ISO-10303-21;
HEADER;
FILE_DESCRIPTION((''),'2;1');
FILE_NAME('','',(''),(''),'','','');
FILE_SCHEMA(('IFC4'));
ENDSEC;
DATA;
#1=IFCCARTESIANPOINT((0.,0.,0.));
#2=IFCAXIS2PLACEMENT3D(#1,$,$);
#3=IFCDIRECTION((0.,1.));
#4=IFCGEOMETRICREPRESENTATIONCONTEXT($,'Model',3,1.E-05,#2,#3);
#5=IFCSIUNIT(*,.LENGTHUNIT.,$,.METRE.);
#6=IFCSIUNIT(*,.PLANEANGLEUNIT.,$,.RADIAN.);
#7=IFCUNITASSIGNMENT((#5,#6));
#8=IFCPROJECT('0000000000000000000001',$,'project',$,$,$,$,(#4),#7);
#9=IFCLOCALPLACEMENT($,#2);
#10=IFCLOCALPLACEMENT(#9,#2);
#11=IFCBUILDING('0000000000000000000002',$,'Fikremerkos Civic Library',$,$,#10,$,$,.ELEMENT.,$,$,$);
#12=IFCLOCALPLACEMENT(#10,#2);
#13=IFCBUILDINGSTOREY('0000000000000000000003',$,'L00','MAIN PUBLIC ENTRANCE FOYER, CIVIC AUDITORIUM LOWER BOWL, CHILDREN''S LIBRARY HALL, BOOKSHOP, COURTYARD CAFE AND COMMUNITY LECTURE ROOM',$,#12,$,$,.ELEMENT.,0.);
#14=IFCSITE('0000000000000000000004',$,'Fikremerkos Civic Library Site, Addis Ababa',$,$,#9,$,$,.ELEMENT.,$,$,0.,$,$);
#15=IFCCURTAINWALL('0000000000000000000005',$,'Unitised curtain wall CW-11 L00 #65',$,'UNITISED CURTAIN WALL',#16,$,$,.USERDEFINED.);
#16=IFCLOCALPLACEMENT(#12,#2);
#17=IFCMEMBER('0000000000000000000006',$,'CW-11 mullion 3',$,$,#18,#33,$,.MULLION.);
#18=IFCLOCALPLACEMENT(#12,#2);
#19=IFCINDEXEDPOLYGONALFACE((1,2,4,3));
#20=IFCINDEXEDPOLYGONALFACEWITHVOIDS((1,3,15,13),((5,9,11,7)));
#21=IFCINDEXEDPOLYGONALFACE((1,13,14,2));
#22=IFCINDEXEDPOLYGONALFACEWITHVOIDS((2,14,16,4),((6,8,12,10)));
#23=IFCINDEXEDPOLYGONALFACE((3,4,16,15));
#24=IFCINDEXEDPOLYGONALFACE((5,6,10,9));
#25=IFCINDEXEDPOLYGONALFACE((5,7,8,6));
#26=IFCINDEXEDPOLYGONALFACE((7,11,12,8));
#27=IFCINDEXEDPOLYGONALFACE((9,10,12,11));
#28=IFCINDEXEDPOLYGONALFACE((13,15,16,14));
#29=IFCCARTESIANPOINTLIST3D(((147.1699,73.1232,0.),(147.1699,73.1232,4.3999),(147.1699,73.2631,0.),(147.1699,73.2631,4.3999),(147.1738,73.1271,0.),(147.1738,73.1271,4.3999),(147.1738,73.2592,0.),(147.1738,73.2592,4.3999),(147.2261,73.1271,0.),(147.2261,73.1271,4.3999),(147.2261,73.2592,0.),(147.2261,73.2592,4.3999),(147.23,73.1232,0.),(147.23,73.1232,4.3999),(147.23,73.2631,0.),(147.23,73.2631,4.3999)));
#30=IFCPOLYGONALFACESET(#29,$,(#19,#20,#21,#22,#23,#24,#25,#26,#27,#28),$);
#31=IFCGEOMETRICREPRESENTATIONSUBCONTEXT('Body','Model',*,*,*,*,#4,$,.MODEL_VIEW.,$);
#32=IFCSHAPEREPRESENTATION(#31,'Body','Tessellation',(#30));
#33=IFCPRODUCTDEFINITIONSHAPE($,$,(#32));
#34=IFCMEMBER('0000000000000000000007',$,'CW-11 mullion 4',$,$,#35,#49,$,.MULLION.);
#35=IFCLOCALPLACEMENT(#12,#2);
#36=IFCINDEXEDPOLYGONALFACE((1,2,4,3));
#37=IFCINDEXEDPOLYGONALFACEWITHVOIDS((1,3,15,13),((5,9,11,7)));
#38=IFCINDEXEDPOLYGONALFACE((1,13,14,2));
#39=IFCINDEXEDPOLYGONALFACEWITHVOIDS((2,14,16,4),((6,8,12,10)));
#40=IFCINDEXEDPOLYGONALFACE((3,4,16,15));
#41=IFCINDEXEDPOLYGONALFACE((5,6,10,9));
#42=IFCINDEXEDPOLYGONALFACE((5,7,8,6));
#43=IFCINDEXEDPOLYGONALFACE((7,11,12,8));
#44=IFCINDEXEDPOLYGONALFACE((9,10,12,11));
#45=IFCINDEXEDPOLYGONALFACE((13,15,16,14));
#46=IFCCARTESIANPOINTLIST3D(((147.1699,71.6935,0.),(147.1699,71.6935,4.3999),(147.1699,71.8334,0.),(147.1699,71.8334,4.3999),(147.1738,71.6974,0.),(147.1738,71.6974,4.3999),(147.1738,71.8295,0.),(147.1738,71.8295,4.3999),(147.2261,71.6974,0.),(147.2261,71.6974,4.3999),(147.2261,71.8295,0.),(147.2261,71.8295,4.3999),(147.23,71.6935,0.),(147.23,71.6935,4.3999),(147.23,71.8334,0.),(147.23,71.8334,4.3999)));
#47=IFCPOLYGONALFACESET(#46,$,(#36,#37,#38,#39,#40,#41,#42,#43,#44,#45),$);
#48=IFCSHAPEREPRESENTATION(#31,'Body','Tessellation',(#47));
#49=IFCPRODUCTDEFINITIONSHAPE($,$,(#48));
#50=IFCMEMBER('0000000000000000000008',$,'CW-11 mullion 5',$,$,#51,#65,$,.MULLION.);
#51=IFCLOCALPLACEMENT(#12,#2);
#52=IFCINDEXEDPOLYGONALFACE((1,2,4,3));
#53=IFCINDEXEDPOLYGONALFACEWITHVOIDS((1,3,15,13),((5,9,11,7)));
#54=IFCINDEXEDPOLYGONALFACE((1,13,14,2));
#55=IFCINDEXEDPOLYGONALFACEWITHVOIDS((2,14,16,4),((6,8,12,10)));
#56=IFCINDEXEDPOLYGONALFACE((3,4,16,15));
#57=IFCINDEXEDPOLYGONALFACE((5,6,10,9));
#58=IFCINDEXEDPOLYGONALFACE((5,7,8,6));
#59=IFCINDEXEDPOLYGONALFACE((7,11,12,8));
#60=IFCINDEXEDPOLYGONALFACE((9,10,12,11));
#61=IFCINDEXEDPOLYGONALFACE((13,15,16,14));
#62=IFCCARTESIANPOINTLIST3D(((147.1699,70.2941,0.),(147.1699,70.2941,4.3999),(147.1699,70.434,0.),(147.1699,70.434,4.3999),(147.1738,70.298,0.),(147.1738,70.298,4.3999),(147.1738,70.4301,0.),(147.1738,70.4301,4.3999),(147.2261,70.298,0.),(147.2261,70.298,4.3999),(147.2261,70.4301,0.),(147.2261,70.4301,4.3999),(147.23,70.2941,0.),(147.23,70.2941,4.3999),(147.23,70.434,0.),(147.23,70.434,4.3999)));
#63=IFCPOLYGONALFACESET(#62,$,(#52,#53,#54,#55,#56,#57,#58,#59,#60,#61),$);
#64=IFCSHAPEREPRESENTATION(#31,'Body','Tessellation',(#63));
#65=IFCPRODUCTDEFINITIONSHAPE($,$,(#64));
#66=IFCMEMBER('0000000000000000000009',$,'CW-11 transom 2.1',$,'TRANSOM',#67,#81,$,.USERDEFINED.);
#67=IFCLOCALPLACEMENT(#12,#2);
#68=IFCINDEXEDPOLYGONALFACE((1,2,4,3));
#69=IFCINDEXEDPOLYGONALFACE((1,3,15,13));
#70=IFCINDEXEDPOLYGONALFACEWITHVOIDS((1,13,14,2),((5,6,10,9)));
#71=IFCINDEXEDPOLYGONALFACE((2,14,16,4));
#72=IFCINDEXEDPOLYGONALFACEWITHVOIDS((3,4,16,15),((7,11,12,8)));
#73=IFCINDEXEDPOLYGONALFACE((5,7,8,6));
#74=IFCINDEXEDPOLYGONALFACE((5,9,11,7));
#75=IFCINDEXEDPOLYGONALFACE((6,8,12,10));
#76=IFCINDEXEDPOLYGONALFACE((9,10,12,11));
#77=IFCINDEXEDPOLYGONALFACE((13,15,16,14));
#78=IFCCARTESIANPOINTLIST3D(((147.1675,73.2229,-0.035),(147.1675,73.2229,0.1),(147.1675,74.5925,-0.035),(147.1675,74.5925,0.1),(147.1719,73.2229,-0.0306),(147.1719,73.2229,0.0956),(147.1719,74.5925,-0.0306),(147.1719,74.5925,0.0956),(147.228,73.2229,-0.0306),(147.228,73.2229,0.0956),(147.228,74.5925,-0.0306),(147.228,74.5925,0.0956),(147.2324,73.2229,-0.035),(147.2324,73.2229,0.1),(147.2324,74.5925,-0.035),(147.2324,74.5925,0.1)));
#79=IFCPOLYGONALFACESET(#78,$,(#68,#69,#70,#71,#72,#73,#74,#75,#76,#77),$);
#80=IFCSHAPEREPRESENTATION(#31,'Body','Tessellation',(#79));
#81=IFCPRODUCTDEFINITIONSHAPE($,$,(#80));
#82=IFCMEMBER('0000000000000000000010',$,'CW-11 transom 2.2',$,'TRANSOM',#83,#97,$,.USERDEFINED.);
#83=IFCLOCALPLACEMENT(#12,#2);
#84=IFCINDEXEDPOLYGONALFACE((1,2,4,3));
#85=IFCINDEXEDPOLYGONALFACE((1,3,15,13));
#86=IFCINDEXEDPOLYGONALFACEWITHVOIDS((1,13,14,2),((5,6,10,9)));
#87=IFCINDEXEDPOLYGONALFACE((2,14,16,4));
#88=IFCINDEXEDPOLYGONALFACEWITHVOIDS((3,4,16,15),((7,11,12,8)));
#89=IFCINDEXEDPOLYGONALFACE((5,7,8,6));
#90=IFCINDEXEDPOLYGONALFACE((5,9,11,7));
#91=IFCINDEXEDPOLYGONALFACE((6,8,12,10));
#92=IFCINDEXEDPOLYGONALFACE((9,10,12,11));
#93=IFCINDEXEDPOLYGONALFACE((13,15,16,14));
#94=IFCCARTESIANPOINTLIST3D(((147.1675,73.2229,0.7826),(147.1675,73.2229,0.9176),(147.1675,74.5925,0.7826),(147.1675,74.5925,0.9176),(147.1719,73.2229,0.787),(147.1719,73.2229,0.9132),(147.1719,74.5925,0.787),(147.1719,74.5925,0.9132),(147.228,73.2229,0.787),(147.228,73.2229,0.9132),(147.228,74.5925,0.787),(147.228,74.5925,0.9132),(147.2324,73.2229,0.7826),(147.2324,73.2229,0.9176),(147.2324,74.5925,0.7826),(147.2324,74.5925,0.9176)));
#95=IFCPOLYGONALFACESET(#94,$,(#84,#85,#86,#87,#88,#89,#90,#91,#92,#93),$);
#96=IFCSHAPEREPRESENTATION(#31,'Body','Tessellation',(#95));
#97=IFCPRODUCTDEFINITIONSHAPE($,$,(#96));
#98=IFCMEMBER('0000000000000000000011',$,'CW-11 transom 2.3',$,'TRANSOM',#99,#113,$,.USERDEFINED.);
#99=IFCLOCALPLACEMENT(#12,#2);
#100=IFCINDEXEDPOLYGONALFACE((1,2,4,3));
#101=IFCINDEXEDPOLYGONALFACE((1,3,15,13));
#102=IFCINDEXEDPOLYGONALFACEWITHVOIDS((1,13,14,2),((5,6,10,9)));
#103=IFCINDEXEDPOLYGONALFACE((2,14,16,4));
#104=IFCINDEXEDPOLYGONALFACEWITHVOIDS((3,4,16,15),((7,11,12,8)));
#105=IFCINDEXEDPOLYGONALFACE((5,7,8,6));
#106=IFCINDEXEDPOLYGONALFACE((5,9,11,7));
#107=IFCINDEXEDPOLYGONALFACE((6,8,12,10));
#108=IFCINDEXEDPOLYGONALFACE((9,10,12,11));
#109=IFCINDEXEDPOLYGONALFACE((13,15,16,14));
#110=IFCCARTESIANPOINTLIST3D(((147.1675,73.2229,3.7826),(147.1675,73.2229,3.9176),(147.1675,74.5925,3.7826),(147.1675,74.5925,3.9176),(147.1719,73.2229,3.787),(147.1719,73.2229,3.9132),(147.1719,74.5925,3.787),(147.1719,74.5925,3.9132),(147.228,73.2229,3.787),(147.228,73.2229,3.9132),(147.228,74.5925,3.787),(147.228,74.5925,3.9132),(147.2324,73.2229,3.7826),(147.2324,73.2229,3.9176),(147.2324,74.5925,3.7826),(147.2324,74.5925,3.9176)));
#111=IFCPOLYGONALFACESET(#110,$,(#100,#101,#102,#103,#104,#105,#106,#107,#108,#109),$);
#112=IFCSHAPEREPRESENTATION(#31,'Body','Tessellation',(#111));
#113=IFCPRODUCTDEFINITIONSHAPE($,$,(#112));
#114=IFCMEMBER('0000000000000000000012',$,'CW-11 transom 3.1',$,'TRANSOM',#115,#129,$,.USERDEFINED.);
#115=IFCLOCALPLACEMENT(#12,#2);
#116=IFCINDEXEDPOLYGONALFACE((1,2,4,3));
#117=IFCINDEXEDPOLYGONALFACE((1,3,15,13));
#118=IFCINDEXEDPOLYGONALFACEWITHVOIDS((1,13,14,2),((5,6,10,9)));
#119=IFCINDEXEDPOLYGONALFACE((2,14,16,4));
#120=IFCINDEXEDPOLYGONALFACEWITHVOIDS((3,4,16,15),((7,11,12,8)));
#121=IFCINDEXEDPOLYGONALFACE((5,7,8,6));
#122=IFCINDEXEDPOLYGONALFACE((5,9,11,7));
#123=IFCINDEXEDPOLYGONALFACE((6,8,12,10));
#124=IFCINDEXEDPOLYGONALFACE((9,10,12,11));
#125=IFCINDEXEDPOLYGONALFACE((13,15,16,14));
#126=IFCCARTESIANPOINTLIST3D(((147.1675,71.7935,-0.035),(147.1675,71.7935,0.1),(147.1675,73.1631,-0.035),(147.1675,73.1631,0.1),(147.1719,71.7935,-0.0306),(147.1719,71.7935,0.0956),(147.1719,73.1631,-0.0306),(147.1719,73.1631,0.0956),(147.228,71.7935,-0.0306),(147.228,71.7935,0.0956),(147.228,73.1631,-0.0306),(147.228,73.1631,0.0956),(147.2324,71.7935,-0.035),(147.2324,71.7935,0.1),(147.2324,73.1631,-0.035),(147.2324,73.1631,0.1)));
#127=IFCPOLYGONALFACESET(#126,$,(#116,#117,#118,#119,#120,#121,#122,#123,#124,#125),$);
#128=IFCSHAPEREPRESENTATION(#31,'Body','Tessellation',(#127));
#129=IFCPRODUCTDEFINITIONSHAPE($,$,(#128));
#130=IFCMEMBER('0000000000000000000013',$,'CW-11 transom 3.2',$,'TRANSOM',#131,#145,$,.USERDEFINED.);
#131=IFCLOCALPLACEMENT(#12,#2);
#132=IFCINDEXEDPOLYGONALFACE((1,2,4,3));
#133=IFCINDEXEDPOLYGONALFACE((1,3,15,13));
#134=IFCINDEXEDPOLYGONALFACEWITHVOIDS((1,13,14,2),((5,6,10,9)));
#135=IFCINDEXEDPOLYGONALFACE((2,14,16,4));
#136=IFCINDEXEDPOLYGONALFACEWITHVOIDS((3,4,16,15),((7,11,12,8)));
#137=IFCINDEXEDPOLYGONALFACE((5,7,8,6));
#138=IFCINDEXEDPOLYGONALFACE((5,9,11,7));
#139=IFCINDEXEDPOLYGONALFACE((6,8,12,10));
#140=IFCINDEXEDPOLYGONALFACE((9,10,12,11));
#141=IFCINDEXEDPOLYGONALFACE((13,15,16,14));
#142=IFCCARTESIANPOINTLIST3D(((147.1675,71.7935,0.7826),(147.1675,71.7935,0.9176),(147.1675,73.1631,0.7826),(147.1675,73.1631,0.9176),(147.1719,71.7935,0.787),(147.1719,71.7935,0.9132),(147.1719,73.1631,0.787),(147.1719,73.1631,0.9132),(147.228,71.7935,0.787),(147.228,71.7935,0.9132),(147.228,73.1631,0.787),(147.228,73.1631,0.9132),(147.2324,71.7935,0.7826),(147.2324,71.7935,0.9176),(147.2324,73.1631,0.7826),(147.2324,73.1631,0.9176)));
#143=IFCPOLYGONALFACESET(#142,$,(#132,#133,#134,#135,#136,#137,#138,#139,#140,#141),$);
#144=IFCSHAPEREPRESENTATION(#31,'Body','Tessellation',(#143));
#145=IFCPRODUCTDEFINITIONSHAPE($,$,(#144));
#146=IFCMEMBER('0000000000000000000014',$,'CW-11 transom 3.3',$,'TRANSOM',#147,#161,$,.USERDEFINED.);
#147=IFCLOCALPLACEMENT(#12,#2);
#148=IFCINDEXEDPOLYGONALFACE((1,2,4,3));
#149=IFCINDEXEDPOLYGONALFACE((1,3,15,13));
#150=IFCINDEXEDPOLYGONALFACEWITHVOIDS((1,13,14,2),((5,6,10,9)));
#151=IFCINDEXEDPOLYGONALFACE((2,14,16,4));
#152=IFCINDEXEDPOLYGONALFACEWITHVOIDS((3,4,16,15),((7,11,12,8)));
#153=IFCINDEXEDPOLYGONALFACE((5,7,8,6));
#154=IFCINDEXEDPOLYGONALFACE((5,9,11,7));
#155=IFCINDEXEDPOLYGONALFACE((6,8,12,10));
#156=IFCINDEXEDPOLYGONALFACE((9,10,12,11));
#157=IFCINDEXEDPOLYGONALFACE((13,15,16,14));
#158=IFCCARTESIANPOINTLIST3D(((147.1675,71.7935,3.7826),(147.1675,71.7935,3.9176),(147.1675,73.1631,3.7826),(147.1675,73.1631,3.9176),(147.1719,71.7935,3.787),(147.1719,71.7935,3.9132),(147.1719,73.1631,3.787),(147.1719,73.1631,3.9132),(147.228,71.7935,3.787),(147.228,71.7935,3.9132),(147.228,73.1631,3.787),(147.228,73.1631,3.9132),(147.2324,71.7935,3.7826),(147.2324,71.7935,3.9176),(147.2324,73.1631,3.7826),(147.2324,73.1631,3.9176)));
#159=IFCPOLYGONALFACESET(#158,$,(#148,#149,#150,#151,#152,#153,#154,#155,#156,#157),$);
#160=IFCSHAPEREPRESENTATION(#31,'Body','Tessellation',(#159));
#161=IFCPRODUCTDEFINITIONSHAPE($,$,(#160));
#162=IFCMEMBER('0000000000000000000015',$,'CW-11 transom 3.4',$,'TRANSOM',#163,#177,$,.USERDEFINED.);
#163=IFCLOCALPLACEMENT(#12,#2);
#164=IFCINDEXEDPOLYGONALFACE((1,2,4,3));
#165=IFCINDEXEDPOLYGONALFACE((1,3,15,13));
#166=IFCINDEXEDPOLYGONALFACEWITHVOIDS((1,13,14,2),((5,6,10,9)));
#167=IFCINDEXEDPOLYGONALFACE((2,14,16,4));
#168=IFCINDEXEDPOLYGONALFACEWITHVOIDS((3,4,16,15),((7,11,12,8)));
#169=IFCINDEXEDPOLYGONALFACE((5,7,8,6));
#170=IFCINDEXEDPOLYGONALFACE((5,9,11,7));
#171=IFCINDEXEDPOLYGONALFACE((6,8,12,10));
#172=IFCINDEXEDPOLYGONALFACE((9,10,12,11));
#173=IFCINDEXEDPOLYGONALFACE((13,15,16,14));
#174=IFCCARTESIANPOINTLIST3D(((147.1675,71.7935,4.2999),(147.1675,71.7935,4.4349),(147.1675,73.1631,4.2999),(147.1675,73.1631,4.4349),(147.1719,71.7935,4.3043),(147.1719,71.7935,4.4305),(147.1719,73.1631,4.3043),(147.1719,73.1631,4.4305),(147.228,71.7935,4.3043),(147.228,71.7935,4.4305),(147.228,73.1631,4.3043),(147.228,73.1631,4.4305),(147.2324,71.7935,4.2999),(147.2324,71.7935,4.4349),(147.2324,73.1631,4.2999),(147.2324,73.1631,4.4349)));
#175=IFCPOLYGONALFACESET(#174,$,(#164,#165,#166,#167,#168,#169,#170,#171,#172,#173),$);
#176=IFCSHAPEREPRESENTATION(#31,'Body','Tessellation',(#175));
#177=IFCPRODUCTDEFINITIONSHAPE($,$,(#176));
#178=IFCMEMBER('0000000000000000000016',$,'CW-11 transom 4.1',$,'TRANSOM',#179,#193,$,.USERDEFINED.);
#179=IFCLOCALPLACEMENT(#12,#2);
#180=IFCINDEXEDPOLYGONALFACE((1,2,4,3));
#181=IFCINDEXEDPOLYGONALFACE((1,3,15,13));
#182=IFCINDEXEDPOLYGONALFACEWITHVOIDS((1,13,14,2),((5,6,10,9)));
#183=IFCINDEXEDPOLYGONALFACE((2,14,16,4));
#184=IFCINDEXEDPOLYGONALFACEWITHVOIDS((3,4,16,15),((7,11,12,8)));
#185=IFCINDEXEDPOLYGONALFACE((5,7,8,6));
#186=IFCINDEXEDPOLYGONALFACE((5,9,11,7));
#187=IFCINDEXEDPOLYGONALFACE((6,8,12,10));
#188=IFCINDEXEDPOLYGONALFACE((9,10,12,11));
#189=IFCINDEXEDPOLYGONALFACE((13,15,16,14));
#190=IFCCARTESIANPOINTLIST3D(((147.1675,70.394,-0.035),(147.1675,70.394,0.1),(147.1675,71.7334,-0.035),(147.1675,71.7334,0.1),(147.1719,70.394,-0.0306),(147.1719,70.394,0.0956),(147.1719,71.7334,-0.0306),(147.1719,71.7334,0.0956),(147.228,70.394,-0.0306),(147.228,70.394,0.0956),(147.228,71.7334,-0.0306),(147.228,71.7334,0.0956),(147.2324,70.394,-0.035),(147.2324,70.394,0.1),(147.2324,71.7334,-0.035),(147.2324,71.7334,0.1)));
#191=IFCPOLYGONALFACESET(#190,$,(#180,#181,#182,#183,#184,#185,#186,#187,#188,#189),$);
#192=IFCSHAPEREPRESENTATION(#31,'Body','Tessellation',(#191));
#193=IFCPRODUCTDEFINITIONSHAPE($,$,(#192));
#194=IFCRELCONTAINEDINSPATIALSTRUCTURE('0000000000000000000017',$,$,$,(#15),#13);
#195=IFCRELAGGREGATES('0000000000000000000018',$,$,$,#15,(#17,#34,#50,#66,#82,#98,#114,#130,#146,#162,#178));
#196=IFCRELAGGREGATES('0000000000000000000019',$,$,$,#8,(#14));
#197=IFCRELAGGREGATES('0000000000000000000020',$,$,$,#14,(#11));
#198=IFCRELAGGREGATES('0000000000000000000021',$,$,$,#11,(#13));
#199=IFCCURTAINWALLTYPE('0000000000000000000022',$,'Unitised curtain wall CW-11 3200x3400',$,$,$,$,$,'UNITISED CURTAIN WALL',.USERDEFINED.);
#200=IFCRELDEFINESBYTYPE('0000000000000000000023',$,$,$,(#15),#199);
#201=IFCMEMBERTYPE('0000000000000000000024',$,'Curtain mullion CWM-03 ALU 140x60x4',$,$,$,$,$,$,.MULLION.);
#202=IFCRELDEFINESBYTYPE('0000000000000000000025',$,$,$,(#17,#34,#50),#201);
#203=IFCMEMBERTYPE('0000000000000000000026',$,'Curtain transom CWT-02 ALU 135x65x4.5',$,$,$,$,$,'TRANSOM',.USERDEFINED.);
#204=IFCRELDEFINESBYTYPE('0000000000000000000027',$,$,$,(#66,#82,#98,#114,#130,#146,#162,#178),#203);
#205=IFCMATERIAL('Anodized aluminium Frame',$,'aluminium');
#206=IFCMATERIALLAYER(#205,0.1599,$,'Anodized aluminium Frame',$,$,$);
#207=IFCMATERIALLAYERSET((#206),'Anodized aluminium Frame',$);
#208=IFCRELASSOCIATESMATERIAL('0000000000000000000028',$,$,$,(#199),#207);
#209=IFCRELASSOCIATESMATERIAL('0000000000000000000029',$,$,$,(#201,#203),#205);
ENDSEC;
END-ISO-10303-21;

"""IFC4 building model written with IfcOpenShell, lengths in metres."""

from ifc_helpers import new_model, si_unit, direction, frame, origin, origin_2d, place, context, subcontext, project, spatial, hollow_rectangle, extrude, material, layer, layer_set, material_profile, profile_set, type_object, element, aggregate, save


model = new_model("IFC4")

# Units and contexts
model_context = context("Model", 3, precision=1e-05, world=origin(), true_north=direction((0.0, 1.0)))
body_context = subcontext(model_context, "Body", "Model", "MODEL_VIEW")
ifc_project = project(units=[si_unit("LENGTHUNIT", "METRE"), si_unit("PLANEANGLEUNIT", "RADIAN")], contexts=[model_context])

# Site, building, storey
site_placement = place(None, origin())
site = spatial("IfcSite", under=ifc_project, at=site_placement, Name="Fikremerkos Civic Library Site, Addis Ababa", CompositionType="ELEMENT", RefElevation=0.0)
building_placement = place(site_placement, origin())
building = spatial("IfcBuilding", under=site, at=building_placement, Name="Fikremerkos Civic Library", CompositionType="ELEMENT")
storey_placement = place(building_placement, origin())
storey = spatial("IfcBuildingStorey", under=building, at=storey_placement, Name="L00", Description="MAIN PUBLIC ENTRANCE FOYER, CIVIC AUDITORIUM LOWER BOWL, CHILDREN'S LIBRARY HALL, BOOKSHOP, COURTYARD CAFE AND COMMUNITY LECTURE ROOM", CompositionType="ELEMENT", Elevation=0.0)

# Curtain wall, members
ifc_material_1 = material(Name="Anodized aluminium Frame", Category="aluminium")
ifc_layer_1 = layer(ifc_material_1, 0.1599, Name="Anodized aluminium Frame")
ifc_layer_set_1 = layer_set([ifc_layer_1], Name="Anodized aluminium Frame")
curtain_wall_type = type_object("IfcCurtainWallType", Name="Unitised curtain wall CW-11 3200x3400", ElementType="UNITISED CURTAIN WALL", PredefinedType="USERDEFINED", material=ifc_layer_set_1)
curtain_wall_placement = place(storey_placement, origin())
curtain_wall = element("IfcCurtainWall", 1, at=curtain_wall_placement, inside=storey, type_object=curtain_wall_type, Name="Unitised curtain wall CW-11 L00 #65", ObjectType="UNITISED CURTAIN WALL", PredefinedType="USERDEFINED")
ifc_material_profile_1 = material_profile(ifc_material_1, hollow_rectangle(XDim=0.0601, YDim=0.1399, WallThickness=0.0039, at=origin_2d()), Name="ALU 140x60x4")
ifc_profile_set_1 = profile_set([ifc_material_profile_1], Name="Anodized aluminium Frame")
member_type_1 = type_object("IfcMemberType", Name="Curtain mullion CWM-03 ALU 140x60x4", PredefinedType="MULLION", material=ifc_profile_set_1)
member_1_placement = place(storey_placement, frame((147.2, 73.1931, 0.0), z_axis=(0.0, 0.0, 1.0), x_axis=(1.0, 0.0, 0.0)))
member_1 = element("IfcMember", 2, at=member_1_placement, type_object=member_type_1, Name="CW-11 mullion 3", PredefinedType="MULLION", context=body_context, shape_type="SweptSolid", body=[
    extrude(hollow_rectangle(XDim=0.0601, YDim=0.1399, WallThickness=0.0039, at=origin_2d()), origin(), (0.0, 0.0, 1.0), 4.3999),
])
member_2_placement = place(storey_placement, frame((147.2, 71.7634, 0.0), z_axis=(0.0, 0.0, 1.0), x_axis=(1.0, 0.0, 0.0)))
member_2 = element("IfcMember", 3, at=member_2_placement, type_object=member_type_1, Name="CW-11 mullion 4", PredefinedType="MULLION", context=body_context, shape_type="SweptSolid", body=[
    extrude(hollow_rectangle(XDim=0.0601, YDim=0.1399, WallThickness=0.0039, at=origin_2d()), origin(), (0.0, 0.0, 1.0), 4.3999),
])
member_3_placement = place(storey_placement, frame((147.2, 70.364, 0.0), z_axis=(0.0, 0.0, 1.0), x_axis=(1.0, 0.0, 0.0)))
member_3 = element("IfcMember", 4, at=member_3_placement, type_object=member_type_1, Name="CW-11 mullion 5", PredefinedType="MULLION", context=body_context, shape_type="SweptSolid", body=[
    extrude(hollow_rectangle(XDim=0.0601, YDim=0.1399, WallThickness=0.0039, at=origin_2d()), origin(), (0.0, 0.0, 1.0), 4.3999),
])
ifc_material_profile_2 = material_profile(ifc_material_1, hollow_rectangle(XDim=0.0649, YDim=0.135, WallThickness=0.0044, at=origin_2d()), Name="ALU 135x65x4.5")
ifc_profile_set_2 = profile_set([ifc_material_profile_2], Name="Anodized aluminium Frame")
member_type_2 = type_object("IfcMemberType", Name="Curtain transom CWT-02 ALU 135x65x4.5", ElementType="TRANSOM", PredefinedType="USERDEFINED", material=ifc_profile_set_2)
member_4_placement = place(storey_placement, frame((147.2, 74.5925, 0.0325), z_axis=(0.0, -1.0, 0.0), x_axis=(1.0, 0.0, 0.0)))
member_4 = element("IfcMember", 5, at=member_4_placement, type_object=member_type_2, Name="CW-11 transom 2.1", ObjectType="TRANSOM", PredefinedType="USERDEFINED", context=body_context, shape_type="SweptSolid", body=[
    extrude(hollow_rectangle(XDim=0.0649, YDim=0.135, WallThickness=0.0044, at=origin_2d()), origin(), (0.0, 0.0, 1.0), 1.3696),
])
member_5_placement = place(storey_placement, frame((147.2, 74.5925, 0.8501), z_axis=(0.0, -1.0, 0.0), x_axis=(1.0, 0.0, 0.0)))
member_5 = element("IfcMember", 6, at=member_5_placement, type_object=member_type_2, Name="CW-11 transom 2.2", ObjectType="TRANSOM", PredefinedType="USERDEFINED", context=body_context, shape_type="SweptSolid", body=[
    extrude(hollow_rectangle(XDim=0.0649, YDim=0.135, WallThickness=0.0044, at=origin_2d()), origin(), (0.0, 0.0, 1.0), 1.3696),
])
member_6_placement = place(storey_placement, frame((147.2, 74.5925, 3.8501), z_axis=(0.0, -1.0, 0.0), x_axis=(1.0, 0.0, 0.0)))
member_6 = element("IfcMember", 7, at=member_6_placement, type_object=member_type_2, Name="CW-11 transom 2.3", ObjectType="TRANSOM", PredefinedType="USERDEFINED", context=body_context, shape_type="SweptSolid", body=[
    extrude(hollow_rectangle(XDim=0.0649, YDim=0.135, WallThickness=0.0044, at=origin_2d()), origin(), (0.0, 0.0, 1.0), 1.3696),
])
member_7_placement = place(storey_placement, frame((147.2, 73.1631, 0.0325), z_axis=(0.0, -1.0, 0.0), x_axis=(1.0, 0.0, 0.0)))
member_7 = element("IfcMember", 8, at=member_7_placement, type_object=member_type_2, Name="CW-11 transom 3.1", ObjectType="TRANSOM", PredefinedType="USERDEFINED", context=body_context, shape_type="SweptSolid", body=[
    extrude(hollow_rectangle(XDim=0.0649, YDim=0.135, WallThickness=0.0044, at=origin_2d()), origin(), (0.0, 0.0, 1.0), 1.3696),
])
member_8_placement = place(storey_placement, frame((147.2, 73.1631, 0.8501), z_axis=(0.0, -1.0, 0.0), x_axis=(1.0, 0.0, 0.0)))
member_8 = element("IfcMember", 9, at=member_8_placement, type_object=member_type_2, Name="CW-11 transom 3.2", ObjectType="TRANSOM", PredefinedType="USERDEFINED", context=body_context, shape_type="SweptSolid", body=[
    extrude(hollow_rectangle(XDim=0.0649, YDim=0.135, WallThickness=0.0044, at=origin_2d()), origin(), (0.0, 0.0, 1.0), 1.3696),
])
member_9_placement = place(storey_placement, frame((147.2, 73.1631, 3.8501), z_axis=(0.0, -1.0, 0.0), x_axis=(1.0, 0.0, 0.0)))
member_9 = element("IfcMember", 10, at=member_9_placement, type_object=member_type_2, Name="CW-11 transom 3.3", ObjectType="TRANSOM", PredefinedType="USERDEFINED", context=body_context, shape_type="SweptSolid", body=[
    extrude(hollow_rectangle(XDim=0.0649, YDim=0.135, WallThickness=0.0044, at=origin_2d()), origin(), (0.0, 0.0, 1.0), 1.3696),
])
member_10_placement = place(storey_placement, frame((147.2, 73.1631, 4.3674), z_axis=(0.0, -1.0, 0.0), x_axis=(1.0, 0.0, 0.0)))
member_10 = element("IfcMember", 11, at=member_10_placement, type_object=member_type_2, Name="CW-11 transom 3.4", ObjectType="TRANSOM", PredefinedType="USERDEFINED", context=body_context, shape_type="SweptSolid", body=[
    extrude(hollow_rectangle(XDim=0.0649, YDim=0.135, WallThickness=0.0044, at=origin_2d()), origin(), (0.0, 0.0, 1.0), 1.3696),
])
member_11_placement = place(storey_placement, frame((147.2, 71.7334, 0.0325), z_axis=(0.0, -1.0, 0.0), x_axis=(1.0, 0.0, 0.0)))
member_11 = element("IfcMember", 12, at=member_11_placement, type_object=member_type_2, Name="CW-11 transom 4.1", ObjectType="TRANSOM", PredefinedType="USERDEFINED", context=body_context, shape_type="SweptSolid", body=[
    extrude(hollow_rectangle(XDim=0.0649, YDim=0.135, WallThickness=0.0044, at=origin_2d()), origin(), (0.0, 0.0, 1.0), 1.3394),
])
aggregate(curtain_wall, [member_1, member_2, member_3, member_4, member_5, member_6, member_7, member_8, member_9, member_10, member_11])

save(model, "model.ifc")
